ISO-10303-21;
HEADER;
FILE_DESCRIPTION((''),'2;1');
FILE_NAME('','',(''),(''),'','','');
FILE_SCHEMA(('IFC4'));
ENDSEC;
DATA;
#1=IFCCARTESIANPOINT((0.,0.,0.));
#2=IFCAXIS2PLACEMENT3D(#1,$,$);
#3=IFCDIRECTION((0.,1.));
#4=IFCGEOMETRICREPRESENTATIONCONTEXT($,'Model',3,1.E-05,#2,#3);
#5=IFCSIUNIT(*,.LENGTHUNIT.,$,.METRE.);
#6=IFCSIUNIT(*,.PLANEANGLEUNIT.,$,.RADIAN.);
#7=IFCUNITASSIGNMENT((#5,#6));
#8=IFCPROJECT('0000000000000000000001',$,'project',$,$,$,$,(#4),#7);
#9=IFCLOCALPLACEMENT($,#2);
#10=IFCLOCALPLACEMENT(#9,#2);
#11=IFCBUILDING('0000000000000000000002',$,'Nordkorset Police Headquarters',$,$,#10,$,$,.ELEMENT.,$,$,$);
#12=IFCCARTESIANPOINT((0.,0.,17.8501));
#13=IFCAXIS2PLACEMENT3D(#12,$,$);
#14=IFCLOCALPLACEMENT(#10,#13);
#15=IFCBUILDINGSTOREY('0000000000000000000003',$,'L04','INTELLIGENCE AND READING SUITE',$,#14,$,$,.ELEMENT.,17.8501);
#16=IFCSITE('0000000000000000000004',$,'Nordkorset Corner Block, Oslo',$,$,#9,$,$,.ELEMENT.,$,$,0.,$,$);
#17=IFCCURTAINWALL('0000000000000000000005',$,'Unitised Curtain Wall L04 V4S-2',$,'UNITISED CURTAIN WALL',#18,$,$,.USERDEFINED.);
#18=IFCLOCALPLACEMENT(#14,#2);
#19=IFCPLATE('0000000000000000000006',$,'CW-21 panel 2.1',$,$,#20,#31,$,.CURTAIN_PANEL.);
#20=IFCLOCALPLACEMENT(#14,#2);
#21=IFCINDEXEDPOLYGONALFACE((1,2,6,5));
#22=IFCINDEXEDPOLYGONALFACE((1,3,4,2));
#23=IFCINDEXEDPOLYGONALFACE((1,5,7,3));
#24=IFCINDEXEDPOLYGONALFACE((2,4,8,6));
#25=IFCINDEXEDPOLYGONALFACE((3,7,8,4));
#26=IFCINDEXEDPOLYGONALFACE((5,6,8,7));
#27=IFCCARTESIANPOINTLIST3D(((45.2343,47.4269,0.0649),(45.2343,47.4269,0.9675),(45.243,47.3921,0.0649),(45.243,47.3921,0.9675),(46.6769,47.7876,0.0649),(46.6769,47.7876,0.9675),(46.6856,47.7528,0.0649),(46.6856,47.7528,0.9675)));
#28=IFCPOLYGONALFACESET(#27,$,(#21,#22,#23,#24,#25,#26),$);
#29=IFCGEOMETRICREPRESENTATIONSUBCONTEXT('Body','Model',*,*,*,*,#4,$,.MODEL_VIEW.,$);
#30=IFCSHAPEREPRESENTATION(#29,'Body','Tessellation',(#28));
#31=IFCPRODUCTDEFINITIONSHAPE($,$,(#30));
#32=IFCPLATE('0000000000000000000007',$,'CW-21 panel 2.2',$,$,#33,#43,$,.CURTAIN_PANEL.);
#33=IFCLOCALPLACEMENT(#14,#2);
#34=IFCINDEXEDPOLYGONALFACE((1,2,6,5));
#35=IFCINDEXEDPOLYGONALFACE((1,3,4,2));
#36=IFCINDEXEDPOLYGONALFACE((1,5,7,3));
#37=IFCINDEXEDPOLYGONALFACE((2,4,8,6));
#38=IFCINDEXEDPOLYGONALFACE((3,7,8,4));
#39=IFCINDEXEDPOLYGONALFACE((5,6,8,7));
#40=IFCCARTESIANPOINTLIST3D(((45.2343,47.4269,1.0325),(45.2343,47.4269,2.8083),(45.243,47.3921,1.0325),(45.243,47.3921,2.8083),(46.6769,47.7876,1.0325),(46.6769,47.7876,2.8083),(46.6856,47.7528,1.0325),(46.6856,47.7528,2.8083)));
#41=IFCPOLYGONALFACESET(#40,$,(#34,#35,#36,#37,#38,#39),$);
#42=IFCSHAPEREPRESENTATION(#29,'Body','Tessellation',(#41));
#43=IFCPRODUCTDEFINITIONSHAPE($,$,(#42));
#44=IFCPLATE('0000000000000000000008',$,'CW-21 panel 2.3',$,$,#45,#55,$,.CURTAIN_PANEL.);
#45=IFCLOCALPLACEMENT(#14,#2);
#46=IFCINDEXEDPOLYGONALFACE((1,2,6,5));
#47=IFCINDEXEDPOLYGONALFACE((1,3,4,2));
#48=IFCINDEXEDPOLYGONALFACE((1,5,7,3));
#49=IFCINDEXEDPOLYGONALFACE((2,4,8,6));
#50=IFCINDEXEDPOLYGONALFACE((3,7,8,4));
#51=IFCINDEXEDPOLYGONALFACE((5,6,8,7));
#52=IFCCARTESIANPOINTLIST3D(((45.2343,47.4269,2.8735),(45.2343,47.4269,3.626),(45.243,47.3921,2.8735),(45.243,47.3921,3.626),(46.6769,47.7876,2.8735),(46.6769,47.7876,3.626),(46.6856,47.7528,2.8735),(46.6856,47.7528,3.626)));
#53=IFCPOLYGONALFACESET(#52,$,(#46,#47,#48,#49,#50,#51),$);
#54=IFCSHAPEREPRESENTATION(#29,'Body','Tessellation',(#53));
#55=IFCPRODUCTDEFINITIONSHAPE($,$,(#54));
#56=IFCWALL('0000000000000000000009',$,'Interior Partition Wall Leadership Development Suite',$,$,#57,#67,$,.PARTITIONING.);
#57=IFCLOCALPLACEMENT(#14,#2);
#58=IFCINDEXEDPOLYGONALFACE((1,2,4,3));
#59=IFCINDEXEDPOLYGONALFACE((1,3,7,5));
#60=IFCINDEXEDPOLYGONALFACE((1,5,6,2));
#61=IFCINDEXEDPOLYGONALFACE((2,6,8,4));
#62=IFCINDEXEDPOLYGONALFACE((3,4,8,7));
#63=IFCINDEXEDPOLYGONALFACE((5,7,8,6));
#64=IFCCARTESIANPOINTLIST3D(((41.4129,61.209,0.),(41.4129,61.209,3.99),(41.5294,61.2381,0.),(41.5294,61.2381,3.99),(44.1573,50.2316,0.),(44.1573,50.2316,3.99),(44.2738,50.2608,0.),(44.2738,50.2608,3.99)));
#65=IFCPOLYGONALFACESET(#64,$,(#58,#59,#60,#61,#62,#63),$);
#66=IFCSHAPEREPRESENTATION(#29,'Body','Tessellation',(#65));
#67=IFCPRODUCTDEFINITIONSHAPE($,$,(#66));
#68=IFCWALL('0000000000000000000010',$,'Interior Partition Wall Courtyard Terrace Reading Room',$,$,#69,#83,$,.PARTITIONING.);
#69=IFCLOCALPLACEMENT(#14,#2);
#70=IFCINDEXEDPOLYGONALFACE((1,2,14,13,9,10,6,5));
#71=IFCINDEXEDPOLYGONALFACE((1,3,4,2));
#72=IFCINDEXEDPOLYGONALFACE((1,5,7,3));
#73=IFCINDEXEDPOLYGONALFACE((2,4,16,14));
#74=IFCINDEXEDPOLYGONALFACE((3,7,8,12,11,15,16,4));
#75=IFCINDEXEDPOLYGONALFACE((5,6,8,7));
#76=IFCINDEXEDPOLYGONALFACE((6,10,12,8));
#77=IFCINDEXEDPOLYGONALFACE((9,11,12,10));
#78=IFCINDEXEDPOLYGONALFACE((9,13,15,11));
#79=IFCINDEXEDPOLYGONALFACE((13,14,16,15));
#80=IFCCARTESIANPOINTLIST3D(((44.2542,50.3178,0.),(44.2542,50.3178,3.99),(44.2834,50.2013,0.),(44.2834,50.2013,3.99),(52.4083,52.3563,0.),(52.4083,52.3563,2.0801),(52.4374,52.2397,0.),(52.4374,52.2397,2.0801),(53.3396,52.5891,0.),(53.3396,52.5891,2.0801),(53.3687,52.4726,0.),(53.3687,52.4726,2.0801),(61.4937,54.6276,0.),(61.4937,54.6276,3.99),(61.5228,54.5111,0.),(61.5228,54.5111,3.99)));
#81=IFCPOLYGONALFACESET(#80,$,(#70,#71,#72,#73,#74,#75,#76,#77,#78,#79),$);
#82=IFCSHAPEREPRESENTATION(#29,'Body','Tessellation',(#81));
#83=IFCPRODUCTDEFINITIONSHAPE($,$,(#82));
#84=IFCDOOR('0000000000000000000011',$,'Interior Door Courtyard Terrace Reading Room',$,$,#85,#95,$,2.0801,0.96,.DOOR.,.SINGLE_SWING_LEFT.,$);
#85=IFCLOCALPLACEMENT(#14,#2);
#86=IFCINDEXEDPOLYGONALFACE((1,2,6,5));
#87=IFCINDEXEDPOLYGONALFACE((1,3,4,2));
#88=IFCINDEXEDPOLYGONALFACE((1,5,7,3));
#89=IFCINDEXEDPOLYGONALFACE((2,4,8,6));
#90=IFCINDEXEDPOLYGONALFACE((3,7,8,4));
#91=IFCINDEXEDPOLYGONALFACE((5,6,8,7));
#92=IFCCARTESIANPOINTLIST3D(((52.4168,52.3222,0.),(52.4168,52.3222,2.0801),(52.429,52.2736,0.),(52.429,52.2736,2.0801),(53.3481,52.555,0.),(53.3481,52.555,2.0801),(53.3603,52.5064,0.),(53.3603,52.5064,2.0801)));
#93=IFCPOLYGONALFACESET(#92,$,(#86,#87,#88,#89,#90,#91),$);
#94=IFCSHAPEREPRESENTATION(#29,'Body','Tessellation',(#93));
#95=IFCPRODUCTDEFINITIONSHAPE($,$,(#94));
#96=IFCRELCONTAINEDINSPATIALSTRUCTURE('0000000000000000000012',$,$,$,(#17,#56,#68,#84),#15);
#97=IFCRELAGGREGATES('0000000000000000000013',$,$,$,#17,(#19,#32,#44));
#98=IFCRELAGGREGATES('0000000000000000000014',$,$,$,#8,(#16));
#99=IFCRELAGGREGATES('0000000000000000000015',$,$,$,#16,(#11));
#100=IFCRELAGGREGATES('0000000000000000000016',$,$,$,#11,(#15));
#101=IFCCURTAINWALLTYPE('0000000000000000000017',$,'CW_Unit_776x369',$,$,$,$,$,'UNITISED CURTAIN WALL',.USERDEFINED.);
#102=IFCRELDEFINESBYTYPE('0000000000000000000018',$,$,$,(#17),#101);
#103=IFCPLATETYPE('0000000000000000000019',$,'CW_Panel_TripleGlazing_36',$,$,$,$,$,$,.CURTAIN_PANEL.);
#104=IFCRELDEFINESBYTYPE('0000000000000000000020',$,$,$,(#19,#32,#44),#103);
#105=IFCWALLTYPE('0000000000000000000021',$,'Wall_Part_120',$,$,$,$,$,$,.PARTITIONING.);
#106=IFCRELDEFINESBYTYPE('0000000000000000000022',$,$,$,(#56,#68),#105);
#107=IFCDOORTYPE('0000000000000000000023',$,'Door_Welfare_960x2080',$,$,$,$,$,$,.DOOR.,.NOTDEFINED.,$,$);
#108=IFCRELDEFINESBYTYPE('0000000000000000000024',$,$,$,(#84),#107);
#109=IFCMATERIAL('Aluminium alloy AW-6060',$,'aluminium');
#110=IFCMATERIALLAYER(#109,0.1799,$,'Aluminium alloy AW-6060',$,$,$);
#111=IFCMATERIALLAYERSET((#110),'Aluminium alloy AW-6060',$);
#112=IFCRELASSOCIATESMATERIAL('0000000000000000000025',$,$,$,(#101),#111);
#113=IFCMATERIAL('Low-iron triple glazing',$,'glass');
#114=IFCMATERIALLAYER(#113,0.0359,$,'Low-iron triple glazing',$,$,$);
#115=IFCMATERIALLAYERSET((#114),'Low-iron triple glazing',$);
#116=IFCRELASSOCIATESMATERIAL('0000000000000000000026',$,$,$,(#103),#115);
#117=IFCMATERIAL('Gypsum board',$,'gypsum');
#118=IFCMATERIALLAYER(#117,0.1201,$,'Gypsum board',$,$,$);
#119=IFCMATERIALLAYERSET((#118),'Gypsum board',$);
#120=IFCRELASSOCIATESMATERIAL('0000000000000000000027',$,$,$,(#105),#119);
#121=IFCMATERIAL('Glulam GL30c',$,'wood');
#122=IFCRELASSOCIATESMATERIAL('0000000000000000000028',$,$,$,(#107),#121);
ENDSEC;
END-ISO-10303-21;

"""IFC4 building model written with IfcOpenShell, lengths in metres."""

from ifc_helpers import new_model, si_unit, direction, frame, frame_2d, origin, origin_2d, place, context, subcontext, project, spatial, rectangle, extrude, material, layer, layer_set, type_object, element, fill, aggregate, save


model = new_model("IFC4")

# Units and contexts
model_context = context("Model", 3, precision=1e-05, world=origin(), true_north=direction((0.0, 1.0)))
body_context = subcontext(model_context, "Body", "Model", "MODEL_VIEW")
ifc_project = project(units=[si_unit("LENGTHUNIT", "METRE"), si_unit("PLANEANGLEUNIT", "RADIAN")], contexts=[model_context])

# Site, building, storey
site_placement = place(None, origin())
site = spatial("IfcSite", under=ifc_project, at=site_placement, Name="Nordkorset Corner Block, Oslo", CompositionType="ELEMENT", RefElevation=0.0)
building_placement = place(site_placement, origin())
building = spatial("IfcBuilding", under=site, at=building_placement, Name="Nordkorset Police Headquarters", CompositionType="ELEMENT")
storey_placement = place(building_placement, frame((0.0, 0.0, 17.8501)))
storey = spatial("IfcBuildingStorey", under=building, at=storey_placement, Name="L04", Description="INTELLIGENCE AND READING SUITE", CompositionType="ELEMENT", Elevation=17.8501)

# Curtain wall, plates
ifc_material_1 = material(Name="Aluminium alloy AW-6060", Category="aluminium")
ifc_layer_1 = layer(ifc_material_1, 0.1799, Name="Aluminium alloy AW-6060")
ifc_layer_set_1 = layer_set([ifc_layer_1], Name="Aluminium alloy AW-6060")
curtain_wall_type = type_object("IfcCurtainWallType", Name="CW_Unit_776x369", ElementType="UNITISED CURTAIN WALL", PredefinedType="USERDEFINED", material=ifc_layer_set_1)
curtain_wall_placement = place(storey_placement, origin())
curtain_wall = element("IfcCurtainWall", 1, at=curtain_wall_placement, inside=storey, type_object=curtain_wall_type, Name="Unitised Curtain Wall L04 V4S-2", ObjectType="UNITISED CURTAIN WALL", PredefinedType="USERDEFINED")
ifc_material_2 = material(Name="Low-iron triple glazing", Category="glass")
ifc_layer_2 = layer(ifc_material_2, 0.0359, Name="Low-iron triple glazing")
ifc_layer_set_2 = layer_set([ifc_layer_2], Name="Low-iron triple glazing")
plate_type = type_object("IfcPlateType", Name="CW_Panel_TripleGlazing_36", PredefinedType="CURTAIN_PANEL", material=ifc_layer_set_2)
plate_1_placement = place(storey_placement, frame((45.96, 47.5898, 0.0649), z_axis=(0.0, 0.0, 1.0), x_axis=(0.970143, 0.242535, 0.0)))
plate_1 = element("IfcPlate", 2, at=plate_1_placement, type_object=plate_type, Name="CW-21 panel 2.1", PredefinedType="CURTAIN_PANEL", context=body_context, shape_type="SweptSolid", body=[
    extrude(rectangle(XDim=1.4871, YDim=0.0359, at=origin_2d()), origin(), (0.0, 0.0, 1.0), 0.9026),
])
plate_2_placement = place(storey_placement, frame((45.96, 47.5898, 1.0325), z_axis=(0.0, 0.0, 1.0), x_axis=(0.970143, 0.242535, 0.0)))
plate_2 = element("IfcPlate", 3, at=plate_2_placement, type_object=plate_type, Name="CW-21 panel 2.2", PredefinedType="CURTAIN_PANEL", context=body_context, shape_type="SweptSolid", body=[
    extrude(rectangle(XDim=1.4871, YDim=0.0359, at=origin_2d()), origin(), (0.0, 0.0, 1.0), 1.7759),
])
plate_3_placement = place(storey_placement, frame((45.96, 47.5898, 2.8735), z_axis=(0.0, 0.0, 1.0), x_axis=(0.970143, 0.242535, 0.0)))
plate_3 = element("IfcPlate", 4, at=plate_3_placement, type_object=plate_type, Name="CW-21 panel 2.3", PredefinedType="CURTAIN_PANEL", context=body_context, shape_type="SweptSolid", body=[
    extrude(rectangle(XDim=1.4871, YDim=0.0359, at=origin_2d()), origin(), (0.0, 0.0, 1.0), 0.7524),
])
aggregate(curtain_wall, [plate_1, plate_2, plate_3])

# Wall
ifc_material_3 = material(Name="Gypsum board", Category="gypsum")
ifc_layer_3 = layer(ifc_material_3, 0.1201, Name="Gypsum board")
ifc_layer_set_3 = layer_set([ifc_layer_3], Name="Gypsum board")
wall_type = type_object("IfcWallType", Name="Wall_Part_120", PredefinedType="PARTITIONING", material=ifc_layer_set_3)
wall_1_placement = place(storey_placement, frame((44.2156, 50.2461, 0.0), z_axis=(0.0, 0.0, 1.0), x_axis=(-0.242541, 0.970141, 0.0)))
element("IfcWall", 5, at=wall_1_placement, inside=storey, type_object=wall_type, Name="Interior Partition Wall Leadership Development Suite", PredefinedType="PARTITIONING", context=body_context, shape_type="SweptSolid", body=[
    extrude(rectangle(XDim=11.3152, YDim=0.1201, at=frame_2d((5.6577, 0.0))), origin(), (0.0, 0.0, 1.0), 3.99),
])

# Wall, opening, door
wall_2_placement = place(storey_placement, frame((44.2688, 50.2595, 0.0), z_axis=(0.0, 0.0, 1.0), x_axis=(0.970143, 0.242532, 0.0)))
wall_2 = element("IfcWall", 6, at=wall_2_placement, inside=storey, type_object=wall_type, Name="Interior Partition Wall Courtyard Terrace Reading Room", PredefinedType="PARTITIONING", context=body_context, shape_type="SweptSolid", body=[
    extrude(rectangle(XDim=17.77, YDim=0.1201, at=frame_2d((8.885, 0.0))), origin(), (0.0, 0.0, 1.0), 3.99),
])
opening_placement = place(wall_2_placement, frame((8.405, 0.0, 0.0)))
opening = element("IfcOpeningElement", 7, at=opening_placement, cuts=wall_2, PredefinedType="OPENING", context=body_context, shape_type="SweptSolid", body=[
    extrude(rectangle(XDim=0.96, YDim=2.0801, at=frame_2d((0.48, 1.04))), frame((0.0, 0.0701, 0.0), z_axis=(0.0, -1.0, 0.0), x_axis=(1.0, 0.0, 0.0)), (0.0, 0.0, 1.0), 0.1401),
])
ifc_material_4 = material(Name="Glulam GL30c", Category="wood")
door_type = type_object("IfcDoorType", Name="Door_Welfare_960x2080", OperationType="NOTDEFINED", PredefinedType="DOOR", material=ifc_material_4)
door_placement = place(opening_placement, origin())
door = element("IfcDoor", 8, at=door_placement, inside=storey, type_object=door_type, Name="Interior Door Courtyard Terrace Reading Room", OperationType="SINGLE_SWING_LEFT", OverallHeight=2.0801, OverallWidth=0.96, PredefinedType="DOOR", context=body_context, shape_type="SweptSolid", body=[
    extrude(rectangle(XDim=0.96, YDim=2.0801, at=frame_2d((0.48, 1.04))), frame((0.0, 0.0249, 0.0), z_axis=(0.0, -1.0, 0.0), x_axis=(1.0, 0.0, 0.0)), (0.0, 0.0, 1.0), 0.05),
])
fill(opening, door)

save(model, "model.ifc")
